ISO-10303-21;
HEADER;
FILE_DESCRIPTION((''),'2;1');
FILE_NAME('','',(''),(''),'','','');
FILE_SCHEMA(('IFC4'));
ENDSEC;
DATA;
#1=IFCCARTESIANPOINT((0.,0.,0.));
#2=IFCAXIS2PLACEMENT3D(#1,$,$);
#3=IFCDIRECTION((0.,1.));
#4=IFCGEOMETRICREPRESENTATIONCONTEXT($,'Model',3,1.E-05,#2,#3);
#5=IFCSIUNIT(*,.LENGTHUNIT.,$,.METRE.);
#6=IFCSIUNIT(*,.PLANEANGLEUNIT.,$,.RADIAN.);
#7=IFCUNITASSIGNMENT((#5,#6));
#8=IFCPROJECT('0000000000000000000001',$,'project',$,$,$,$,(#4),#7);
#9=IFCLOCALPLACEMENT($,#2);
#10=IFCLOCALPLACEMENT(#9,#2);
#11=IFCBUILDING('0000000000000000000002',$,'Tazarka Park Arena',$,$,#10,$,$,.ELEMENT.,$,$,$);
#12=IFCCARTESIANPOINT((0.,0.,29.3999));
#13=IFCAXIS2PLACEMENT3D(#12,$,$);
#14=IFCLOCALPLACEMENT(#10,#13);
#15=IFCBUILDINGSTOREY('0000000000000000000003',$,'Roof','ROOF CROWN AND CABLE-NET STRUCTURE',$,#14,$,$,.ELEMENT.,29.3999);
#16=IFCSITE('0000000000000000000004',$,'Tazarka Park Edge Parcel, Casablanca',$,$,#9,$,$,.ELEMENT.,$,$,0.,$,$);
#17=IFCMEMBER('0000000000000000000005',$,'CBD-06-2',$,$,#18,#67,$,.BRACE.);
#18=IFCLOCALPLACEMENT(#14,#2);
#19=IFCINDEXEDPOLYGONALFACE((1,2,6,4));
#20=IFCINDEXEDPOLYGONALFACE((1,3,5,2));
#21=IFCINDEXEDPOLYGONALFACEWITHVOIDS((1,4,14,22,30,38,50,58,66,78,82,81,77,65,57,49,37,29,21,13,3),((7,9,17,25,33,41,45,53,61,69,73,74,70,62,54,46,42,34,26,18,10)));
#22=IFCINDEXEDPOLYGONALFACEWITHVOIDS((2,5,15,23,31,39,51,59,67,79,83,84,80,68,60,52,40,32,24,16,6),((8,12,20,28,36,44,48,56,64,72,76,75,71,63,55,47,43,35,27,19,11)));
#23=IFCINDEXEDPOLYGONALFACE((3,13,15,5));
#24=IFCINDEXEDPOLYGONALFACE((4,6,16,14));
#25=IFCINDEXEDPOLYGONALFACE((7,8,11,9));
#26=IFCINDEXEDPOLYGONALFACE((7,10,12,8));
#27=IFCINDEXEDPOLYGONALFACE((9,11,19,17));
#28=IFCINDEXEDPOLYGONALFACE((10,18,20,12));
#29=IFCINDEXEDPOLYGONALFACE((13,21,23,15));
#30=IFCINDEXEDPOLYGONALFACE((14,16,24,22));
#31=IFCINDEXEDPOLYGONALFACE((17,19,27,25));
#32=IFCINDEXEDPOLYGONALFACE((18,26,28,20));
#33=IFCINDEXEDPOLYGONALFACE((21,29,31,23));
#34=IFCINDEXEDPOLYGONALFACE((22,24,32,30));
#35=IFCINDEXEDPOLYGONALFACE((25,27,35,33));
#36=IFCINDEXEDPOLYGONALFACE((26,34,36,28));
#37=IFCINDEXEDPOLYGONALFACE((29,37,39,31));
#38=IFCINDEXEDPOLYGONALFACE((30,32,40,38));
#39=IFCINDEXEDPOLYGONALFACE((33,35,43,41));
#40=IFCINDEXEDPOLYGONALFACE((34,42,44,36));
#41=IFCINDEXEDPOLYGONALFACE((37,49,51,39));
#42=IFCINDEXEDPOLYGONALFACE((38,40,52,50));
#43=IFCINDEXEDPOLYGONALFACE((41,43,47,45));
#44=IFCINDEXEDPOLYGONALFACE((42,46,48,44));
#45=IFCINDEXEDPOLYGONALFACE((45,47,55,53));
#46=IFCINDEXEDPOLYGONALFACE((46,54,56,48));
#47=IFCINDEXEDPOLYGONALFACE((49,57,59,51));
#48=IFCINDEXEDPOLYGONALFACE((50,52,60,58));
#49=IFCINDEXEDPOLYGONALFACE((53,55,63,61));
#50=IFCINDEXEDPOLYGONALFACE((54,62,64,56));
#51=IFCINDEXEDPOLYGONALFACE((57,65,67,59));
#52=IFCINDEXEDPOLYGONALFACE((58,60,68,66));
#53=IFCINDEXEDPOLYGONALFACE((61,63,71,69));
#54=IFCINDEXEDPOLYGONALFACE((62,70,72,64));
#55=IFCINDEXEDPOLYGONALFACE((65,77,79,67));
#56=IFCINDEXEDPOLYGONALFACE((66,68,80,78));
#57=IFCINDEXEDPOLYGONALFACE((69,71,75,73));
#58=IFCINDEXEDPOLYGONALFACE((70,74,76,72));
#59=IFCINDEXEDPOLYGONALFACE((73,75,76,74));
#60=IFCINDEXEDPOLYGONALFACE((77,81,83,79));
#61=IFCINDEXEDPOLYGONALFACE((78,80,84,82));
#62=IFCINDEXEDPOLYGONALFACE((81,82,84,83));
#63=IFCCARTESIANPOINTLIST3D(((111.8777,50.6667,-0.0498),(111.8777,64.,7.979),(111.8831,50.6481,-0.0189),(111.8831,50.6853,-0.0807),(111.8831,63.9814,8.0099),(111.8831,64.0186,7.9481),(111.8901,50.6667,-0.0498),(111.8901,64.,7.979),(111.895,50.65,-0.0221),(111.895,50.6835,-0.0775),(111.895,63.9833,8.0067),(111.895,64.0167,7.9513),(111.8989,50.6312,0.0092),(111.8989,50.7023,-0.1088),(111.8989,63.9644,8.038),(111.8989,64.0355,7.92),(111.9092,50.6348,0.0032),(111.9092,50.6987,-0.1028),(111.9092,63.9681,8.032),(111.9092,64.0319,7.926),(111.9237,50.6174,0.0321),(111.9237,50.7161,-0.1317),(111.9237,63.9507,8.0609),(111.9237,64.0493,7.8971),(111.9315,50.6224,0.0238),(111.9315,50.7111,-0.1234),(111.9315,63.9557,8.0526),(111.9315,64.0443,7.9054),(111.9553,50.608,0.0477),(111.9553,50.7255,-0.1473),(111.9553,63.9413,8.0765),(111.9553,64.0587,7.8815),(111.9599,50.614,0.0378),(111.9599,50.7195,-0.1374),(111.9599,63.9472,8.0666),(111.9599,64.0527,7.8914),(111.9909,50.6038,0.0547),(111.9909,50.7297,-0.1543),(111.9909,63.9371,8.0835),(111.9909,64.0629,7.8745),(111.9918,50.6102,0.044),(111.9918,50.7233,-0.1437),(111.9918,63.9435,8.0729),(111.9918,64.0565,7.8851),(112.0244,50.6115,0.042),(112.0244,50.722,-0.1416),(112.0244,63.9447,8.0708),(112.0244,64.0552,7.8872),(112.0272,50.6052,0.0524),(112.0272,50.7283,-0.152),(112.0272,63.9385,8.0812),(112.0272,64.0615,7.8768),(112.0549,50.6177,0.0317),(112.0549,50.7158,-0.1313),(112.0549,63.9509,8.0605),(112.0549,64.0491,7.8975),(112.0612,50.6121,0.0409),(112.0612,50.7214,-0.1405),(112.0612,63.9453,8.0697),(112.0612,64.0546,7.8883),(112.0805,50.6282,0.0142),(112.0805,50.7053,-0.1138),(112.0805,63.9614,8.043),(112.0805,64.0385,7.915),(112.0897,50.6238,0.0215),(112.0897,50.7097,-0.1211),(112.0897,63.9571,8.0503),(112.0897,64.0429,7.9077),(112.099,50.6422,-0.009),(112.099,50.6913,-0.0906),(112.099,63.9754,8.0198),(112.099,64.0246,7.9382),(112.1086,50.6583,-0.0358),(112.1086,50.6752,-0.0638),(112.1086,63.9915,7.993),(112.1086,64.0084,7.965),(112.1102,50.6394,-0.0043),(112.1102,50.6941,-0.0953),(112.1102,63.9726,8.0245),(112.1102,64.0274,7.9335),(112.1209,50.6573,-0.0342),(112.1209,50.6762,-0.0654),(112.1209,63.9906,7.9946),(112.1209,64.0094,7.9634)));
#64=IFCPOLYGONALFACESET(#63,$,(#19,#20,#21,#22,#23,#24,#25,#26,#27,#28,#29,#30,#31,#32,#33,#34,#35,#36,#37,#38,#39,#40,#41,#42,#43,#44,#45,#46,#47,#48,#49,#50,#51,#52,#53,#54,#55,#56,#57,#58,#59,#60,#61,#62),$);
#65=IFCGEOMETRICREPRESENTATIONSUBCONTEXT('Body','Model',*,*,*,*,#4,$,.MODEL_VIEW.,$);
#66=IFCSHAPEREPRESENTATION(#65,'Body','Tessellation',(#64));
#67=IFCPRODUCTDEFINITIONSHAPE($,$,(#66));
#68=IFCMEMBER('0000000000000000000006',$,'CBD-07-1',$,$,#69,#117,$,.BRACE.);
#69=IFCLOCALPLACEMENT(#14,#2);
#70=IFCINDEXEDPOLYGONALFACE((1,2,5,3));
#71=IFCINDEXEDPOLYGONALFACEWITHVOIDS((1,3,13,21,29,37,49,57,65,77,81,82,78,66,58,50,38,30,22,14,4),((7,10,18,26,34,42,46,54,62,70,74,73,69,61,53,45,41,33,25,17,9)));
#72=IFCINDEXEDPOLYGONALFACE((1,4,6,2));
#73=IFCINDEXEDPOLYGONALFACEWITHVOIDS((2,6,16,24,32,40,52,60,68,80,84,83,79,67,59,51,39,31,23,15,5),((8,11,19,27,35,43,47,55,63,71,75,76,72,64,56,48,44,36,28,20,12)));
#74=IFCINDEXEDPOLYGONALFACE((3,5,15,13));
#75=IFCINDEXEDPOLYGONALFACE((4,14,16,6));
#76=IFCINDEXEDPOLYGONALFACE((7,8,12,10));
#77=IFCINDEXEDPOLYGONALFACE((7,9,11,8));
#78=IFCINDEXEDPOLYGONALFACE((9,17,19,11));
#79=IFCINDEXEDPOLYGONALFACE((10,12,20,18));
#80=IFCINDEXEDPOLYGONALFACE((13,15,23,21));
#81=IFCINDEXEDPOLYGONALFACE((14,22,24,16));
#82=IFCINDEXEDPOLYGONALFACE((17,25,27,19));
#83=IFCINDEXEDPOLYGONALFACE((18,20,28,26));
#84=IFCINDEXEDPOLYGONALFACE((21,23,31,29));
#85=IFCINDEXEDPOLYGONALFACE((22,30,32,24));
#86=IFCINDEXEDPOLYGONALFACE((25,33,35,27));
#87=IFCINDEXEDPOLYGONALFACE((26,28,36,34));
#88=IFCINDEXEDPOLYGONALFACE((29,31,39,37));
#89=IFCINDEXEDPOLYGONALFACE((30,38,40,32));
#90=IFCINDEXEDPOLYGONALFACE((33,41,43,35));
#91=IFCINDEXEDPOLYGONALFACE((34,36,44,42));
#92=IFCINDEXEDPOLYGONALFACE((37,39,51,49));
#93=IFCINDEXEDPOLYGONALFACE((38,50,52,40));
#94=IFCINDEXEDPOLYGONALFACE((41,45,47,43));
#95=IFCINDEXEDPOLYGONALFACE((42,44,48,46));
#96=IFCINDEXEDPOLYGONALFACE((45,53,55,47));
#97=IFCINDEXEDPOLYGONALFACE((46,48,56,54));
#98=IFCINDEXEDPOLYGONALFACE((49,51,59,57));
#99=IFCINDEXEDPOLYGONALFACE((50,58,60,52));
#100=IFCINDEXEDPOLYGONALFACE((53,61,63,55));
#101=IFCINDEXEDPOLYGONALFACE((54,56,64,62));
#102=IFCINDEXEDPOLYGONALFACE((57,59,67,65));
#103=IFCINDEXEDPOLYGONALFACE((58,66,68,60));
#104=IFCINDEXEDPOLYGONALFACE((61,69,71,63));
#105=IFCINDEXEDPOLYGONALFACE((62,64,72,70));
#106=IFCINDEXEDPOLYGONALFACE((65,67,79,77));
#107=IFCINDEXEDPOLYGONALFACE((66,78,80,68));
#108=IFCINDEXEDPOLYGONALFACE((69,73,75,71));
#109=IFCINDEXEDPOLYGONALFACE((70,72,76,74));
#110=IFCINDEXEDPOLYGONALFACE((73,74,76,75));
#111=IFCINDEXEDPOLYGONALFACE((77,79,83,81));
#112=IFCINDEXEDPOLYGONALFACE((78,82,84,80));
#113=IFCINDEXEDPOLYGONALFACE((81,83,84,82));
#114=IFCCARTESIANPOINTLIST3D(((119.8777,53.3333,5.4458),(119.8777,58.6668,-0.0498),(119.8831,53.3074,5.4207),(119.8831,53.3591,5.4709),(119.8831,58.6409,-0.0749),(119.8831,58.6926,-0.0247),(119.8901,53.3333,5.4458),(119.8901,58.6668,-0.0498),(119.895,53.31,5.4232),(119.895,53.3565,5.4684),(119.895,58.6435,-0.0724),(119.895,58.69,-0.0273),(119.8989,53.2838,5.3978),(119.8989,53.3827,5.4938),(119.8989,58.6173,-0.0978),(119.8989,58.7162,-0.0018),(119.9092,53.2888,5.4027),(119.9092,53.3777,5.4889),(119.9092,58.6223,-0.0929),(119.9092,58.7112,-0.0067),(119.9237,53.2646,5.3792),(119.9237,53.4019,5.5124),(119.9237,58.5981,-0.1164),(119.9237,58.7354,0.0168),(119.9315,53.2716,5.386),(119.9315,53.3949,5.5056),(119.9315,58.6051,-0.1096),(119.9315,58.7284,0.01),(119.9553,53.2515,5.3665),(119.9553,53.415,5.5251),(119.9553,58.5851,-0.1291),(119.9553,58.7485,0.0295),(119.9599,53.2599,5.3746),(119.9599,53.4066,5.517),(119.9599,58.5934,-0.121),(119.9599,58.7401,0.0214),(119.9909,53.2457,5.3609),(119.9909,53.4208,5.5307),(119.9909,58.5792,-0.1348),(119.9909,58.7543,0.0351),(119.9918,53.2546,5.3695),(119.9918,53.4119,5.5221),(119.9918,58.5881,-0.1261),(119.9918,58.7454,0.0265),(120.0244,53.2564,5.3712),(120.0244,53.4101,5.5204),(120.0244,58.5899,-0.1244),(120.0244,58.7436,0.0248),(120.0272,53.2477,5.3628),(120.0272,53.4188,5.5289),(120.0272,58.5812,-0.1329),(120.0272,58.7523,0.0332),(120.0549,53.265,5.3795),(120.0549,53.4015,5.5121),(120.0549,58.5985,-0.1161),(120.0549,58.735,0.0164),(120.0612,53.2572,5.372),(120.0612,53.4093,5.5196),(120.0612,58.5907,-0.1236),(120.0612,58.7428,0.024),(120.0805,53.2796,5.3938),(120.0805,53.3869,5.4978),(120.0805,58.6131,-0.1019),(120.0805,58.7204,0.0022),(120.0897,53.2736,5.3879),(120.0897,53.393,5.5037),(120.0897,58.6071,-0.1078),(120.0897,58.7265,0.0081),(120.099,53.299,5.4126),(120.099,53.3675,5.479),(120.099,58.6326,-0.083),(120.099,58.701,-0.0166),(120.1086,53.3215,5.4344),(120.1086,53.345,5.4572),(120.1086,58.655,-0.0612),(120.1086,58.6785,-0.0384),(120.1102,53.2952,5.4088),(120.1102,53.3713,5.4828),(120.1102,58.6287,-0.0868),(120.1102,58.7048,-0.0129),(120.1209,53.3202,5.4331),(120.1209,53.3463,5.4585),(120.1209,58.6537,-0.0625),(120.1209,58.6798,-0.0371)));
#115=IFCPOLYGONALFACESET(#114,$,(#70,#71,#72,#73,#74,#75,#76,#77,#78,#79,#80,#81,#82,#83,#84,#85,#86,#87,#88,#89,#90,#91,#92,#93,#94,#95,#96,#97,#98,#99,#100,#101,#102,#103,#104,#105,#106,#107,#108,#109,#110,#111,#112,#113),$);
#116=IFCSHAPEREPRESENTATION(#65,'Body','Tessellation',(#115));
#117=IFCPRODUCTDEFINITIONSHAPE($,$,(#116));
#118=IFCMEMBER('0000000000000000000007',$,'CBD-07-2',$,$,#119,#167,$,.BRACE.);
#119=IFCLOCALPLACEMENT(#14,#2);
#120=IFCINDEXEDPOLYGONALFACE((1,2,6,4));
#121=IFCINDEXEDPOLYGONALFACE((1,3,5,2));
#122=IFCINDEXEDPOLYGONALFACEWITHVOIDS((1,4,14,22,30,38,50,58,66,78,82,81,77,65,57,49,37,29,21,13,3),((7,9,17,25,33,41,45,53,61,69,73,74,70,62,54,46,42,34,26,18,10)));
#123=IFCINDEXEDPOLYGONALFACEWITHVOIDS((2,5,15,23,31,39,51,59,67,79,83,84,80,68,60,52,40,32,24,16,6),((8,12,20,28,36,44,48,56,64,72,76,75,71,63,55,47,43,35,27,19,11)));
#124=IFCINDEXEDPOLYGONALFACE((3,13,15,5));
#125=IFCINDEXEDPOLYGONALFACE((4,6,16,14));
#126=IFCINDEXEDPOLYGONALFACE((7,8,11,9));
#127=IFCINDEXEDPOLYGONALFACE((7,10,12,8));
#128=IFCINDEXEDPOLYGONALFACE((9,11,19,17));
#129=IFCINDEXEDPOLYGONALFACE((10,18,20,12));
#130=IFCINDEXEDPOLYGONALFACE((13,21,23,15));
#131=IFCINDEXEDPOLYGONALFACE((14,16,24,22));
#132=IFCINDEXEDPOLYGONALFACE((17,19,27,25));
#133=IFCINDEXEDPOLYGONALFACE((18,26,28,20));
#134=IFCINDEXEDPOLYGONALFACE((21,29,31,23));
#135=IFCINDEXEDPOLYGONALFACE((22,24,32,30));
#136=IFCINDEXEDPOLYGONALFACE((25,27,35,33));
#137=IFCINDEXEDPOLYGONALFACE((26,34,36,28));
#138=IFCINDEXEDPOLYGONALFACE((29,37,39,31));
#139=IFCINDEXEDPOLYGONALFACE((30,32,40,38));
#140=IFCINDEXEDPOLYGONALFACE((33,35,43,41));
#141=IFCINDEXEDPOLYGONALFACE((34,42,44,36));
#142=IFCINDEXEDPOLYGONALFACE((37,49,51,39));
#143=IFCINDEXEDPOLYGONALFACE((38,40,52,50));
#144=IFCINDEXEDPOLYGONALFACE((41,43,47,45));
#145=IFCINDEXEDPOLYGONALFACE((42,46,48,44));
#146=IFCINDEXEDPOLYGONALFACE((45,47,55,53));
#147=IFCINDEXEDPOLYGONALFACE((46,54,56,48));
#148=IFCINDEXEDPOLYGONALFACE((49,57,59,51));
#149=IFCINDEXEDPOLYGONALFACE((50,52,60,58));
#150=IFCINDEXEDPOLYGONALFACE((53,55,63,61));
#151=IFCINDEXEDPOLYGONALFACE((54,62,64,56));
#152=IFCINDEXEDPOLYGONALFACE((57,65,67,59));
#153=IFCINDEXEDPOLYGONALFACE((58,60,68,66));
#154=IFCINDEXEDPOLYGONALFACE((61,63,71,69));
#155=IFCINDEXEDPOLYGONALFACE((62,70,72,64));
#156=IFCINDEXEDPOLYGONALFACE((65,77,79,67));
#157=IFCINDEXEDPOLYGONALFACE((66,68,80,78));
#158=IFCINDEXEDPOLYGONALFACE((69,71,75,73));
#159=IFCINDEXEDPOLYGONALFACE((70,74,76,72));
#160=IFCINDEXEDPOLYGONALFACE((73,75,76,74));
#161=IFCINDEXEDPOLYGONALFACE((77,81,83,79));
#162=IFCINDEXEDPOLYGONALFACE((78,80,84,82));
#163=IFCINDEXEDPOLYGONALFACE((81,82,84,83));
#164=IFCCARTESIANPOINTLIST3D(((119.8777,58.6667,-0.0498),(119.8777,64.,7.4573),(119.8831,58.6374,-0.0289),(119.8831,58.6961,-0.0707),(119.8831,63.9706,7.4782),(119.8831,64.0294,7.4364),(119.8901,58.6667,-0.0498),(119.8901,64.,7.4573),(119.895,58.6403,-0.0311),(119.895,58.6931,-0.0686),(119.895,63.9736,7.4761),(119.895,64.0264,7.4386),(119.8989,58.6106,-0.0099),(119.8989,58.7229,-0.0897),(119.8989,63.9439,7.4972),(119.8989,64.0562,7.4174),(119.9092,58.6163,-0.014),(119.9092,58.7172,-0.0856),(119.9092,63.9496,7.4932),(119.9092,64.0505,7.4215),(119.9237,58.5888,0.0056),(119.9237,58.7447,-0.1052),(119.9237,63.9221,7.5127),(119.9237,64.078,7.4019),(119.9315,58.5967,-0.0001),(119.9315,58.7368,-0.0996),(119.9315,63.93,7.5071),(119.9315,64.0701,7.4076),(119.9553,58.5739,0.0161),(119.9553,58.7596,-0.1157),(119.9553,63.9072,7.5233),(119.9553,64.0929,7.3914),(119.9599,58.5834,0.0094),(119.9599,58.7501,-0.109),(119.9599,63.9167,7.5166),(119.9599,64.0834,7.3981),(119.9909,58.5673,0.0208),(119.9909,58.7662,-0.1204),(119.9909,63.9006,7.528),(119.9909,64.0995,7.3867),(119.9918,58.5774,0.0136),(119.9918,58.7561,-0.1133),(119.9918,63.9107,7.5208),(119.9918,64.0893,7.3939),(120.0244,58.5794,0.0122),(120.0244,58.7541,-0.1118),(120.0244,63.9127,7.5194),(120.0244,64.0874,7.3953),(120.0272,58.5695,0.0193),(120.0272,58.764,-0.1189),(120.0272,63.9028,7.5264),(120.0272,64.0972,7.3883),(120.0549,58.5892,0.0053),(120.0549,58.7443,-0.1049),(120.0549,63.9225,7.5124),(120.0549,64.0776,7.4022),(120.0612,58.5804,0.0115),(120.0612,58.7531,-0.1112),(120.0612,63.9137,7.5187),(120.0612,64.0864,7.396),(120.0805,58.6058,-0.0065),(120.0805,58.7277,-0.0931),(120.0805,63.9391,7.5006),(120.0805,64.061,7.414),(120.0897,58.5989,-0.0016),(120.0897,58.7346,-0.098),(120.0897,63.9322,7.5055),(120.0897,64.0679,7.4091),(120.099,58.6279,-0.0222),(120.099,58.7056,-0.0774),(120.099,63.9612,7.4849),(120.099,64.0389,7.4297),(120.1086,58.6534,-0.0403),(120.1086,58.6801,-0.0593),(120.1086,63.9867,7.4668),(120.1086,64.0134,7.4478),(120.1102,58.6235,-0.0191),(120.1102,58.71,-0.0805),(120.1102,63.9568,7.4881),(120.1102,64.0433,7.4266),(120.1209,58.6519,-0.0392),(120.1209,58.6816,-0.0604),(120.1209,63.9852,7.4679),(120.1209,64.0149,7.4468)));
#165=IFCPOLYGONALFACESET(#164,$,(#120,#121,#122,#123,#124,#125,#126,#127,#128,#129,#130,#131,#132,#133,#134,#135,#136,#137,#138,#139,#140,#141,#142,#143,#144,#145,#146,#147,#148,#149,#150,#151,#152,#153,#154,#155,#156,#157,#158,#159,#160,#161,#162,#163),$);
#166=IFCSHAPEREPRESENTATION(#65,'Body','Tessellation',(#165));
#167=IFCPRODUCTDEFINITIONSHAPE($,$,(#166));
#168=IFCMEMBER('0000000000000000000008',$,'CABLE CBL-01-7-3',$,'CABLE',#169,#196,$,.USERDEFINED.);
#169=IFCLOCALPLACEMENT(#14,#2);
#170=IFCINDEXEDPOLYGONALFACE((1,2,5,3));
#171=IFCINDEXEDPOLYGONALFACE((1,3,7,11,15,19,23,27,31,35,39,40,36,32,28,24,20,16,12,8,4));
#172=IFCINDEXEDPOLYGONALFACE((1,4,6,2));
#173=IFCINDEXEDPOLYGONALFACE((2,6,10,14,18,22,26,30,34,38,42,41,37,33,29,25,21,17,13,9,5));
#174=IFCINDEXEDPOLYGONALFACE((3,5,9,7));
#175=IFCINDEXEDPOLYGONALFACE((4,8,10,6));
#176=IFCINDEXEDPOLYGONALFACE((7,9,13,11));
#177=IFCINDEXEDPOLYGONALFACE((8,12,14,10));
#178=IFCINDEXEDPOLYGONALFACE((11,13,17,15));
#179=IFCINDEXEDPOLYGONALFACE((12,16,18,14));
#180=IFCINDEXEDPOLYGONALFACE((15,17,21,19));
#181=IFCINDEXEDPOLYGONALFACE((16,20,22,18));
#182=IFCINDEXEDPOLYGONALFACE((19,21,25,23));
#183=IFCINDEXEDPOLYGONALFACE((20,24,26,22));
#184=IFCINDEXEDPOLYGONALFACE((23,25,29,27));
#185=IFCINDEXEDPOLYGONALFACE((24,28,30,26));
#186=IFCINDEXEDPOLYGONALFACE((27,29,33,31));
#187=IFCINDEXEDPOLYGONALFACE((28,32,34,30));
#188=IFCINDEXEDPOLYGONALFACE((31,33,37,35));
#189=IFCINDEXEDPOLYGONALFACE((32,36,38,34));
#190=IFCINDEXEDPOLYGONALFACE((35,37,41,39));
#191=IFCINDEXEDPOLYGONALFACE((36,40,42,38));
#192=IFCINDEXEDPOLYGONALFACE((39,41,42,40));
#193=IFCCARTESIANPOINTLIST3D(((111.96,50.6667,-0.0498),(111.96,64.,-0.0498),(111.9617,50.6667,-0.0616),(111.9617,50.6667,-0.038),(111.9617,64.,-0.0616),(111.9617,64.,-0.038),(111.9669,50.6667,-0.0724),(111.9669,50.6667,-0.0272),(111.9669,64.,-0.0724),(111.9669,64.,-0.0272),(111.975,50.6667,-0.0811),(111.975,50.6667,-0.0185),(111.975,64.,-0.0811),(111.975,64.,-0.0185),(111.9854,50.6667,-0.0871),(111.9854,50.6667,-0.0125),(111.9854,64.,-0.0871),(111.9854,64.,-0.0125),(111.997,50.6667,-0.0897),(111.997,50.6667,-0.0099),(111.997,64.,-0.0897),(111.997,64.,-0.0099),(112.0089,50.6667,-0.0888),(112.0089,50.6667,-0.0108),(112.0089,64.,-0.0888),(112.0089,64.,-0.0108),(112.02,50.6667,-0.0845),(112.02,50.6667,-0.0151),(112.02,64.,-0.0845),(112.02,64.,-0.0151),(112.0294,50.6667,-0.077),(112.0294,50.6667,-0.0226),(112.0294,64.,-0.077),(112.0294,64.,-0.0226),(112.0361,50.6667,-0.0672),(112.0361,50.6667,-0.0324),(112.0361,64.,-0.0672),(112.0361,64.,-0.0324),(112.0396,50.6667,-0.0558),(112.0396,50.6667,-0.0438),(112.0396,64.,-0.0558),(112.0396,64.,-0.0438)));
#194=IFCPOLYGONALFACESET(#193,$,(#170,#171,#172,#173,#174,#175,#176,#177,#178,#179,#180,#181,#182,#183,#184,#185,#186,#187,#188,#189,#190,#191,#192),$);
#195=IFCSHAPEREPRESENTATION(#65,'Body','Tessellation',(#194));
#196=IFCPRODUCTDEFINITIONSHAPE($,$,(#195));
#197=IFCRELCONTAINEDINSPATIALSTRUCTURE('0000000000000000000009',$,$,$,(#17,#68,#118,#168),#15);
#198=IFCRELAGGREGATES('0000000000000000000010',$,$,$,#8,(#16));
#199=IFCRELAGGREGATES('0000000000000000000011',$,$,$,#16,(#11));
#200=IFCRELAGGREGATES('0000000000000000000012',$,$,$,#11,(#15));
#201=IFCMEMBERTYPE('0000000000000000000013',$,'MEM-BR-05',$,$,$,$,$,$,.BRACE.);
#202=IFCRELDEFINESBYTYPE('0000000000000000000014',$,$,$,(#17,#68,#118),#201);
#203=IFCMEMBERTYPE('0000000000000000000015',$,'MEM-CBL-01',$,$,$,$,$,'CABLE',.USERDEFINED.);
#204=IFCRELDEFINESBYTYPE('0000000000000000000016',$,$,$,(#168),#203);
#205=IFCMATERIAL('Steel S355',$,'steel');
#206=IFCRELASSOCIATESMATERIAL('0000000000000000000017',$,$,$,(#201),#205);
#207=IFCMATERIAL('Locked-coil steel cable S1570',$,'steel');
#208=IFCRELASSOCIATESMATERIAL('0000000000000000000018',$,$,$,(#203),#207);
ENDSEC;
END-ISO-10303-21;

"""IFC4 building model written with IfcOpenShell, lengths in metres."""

from ifc_helpers import new_model, si_unit, direction, frame, origin, origin_2d, place, context, subcontext, project, spatial, circle, hollow_circle, extrude, material, material_profile, profile_set, type_object, element, save


model = new_model("IFC4")

# Units and contexts
model_context = context("Model", 3, precision=1e-05, world=origin(), true_north=direction((0.0, 1.0)))
body_context = subcontext(model_context, "Body", "Model", "MODEL_VIEW")
ifc_project = project(units=[si_unit("LENGTHUNIT", "METRE"), si_unit("PLANEANGLEUNIT", "RADIAN")], contexts=[model_context])

# Site, building, storey
site_placement = place(None, origin())
site = spatial("IfcSite", under=ifc_project, at=site_placement, Name="Tazarka Park Edge Parcel, Casablanca", CompositionType="ELEMENT", RefElevation=0.0)
building_placement = place(site_placement, origin())
building = spatial("IfcBuilding", under=site, at=building_placement, Name="Tazarka Park Arena", CompositionType="ELEMENT")
storey_placement = place(building_placement, frame((0.0, 0.0, 29.3999)))
storey = spatial("IfcBuildingStorey", under=building, at=storey_placement, Name="Roof", Description="ROOF CROWN AND CABLE-NET STRUCTURE", CompositionType="ELEMENT", Elevation=29.3999)

# Members
ifc_material_1 = material(Name="Steel S355", Category="steel")
ifc_material_profile_1 = material_profile(ifc_material_1, hollow_circle(Radius=0.1223, WallThickness=0.0125, at=origin_2d()), Name="Steel S355")
ifc_profile_set_1 = profile_set([ifc_material_profile_1], Name="Steel S355")
member_type_1 = type_object("IfcMemberType", Name="MEM-BR-05", PredefinedType="BRACE", material=ifc_profile_set_1)
member_1_placement = place(storey_placement, frame((112.0, 50.6667, -0.0498), z_axis=(0.0, 0.856674, 0.515858), x_axis=(-1.0, 0.0, 0.0)))
element("IfcMember", 1, at=member_1_placement, inside=storey, type_object=member_type_1, Name="CBD-06-2", PredefinedType="BRACE", context=body_context, shape_type="SweptSolid", body=[
    extrude(hollow_circle(Radius=0.1223, WallThickness=0.0125, at=origin_2d()), origin(), (0.0, 0.0, 1.0), 15.564),
])
member_2_placement = place(storey_placement, frame((120.0, 53.3333, 5.4458), z_axis=(0.0, 0.696444, -0.717612), x_axis=(-1.0, 0.0, 0.0)))
element("IfcMember", 2, at=member_2_placement, inside=storey, type_object=member_type_1, Name="CBD-07-1", PredefinedType="BRACE", context=body_context, shape_type="SweptSolid", body=[
    extrude(hollow_circle(Radius=0.1223, WallThickness=0.0125, at=origin_2d()), origin(), (0.0, 0.0, 1.0), 7.6582),
])
member_3_placement = place(storey_placement, frame((120.0, 58.6667, -0.0498), z_axis=(0.0, 0.579155, 0.815218), x_axis=(-1.0, 0.0, 0.0)))
element("IfcMember", 3, at=member_3_placement, inside=storey, type_object=member_type_1, Name="CBD-07-2", PredefinedType="BRACE", context=body_context, shape_type="SweptSolid", body=[
    extrude(hollow_circle(Radius=0.1223, WallThickness=0.0125, at=origin_2d()), origin(), (0.0, 0.0, 1.0), 9.2087),
])
ifc_material_2 = material(Name="Locked-coil steel cable S1570", Category="steel")
ifc_material_profile_2 = material_profile(ifc_material_2, circle(Radius=0.04, at=origin_2d()), Name="Locked-coil steel cable S1570")
ifc_profile_set_2 = profile_set([ifc_material_profile_2], Name="Locked-coil steel cable S1570")
member_type_2 = type_object("IfcMemberType", Name="MEM-CBL-01", ElementType="CABLE", PredefinedType="USERDEFINED", material=ifc_profile_set_2)
member_4_placement = place(storey_placement, frame((112.0, 50.6667, -0.0498), z_axis=(0.0, 1.0, 0.0), x_axis=(-1.0, 0.0, 0.0)))
element("IfcMember", 4, at=member_4_placement, inside=storey, type_object=member_type_2, Name="CABLE CBL-01-7-3", ObjectType="CABLE", PredefinedType="USERDEFINED", context=body_context, shape_type="SweptSolid", body=[
    extrude(circle(Radius=0.04, at=origin_2d()), origin(), (0.0, 0.0, 1.0), 13.3333),
])

save(model, "model.ifc")
